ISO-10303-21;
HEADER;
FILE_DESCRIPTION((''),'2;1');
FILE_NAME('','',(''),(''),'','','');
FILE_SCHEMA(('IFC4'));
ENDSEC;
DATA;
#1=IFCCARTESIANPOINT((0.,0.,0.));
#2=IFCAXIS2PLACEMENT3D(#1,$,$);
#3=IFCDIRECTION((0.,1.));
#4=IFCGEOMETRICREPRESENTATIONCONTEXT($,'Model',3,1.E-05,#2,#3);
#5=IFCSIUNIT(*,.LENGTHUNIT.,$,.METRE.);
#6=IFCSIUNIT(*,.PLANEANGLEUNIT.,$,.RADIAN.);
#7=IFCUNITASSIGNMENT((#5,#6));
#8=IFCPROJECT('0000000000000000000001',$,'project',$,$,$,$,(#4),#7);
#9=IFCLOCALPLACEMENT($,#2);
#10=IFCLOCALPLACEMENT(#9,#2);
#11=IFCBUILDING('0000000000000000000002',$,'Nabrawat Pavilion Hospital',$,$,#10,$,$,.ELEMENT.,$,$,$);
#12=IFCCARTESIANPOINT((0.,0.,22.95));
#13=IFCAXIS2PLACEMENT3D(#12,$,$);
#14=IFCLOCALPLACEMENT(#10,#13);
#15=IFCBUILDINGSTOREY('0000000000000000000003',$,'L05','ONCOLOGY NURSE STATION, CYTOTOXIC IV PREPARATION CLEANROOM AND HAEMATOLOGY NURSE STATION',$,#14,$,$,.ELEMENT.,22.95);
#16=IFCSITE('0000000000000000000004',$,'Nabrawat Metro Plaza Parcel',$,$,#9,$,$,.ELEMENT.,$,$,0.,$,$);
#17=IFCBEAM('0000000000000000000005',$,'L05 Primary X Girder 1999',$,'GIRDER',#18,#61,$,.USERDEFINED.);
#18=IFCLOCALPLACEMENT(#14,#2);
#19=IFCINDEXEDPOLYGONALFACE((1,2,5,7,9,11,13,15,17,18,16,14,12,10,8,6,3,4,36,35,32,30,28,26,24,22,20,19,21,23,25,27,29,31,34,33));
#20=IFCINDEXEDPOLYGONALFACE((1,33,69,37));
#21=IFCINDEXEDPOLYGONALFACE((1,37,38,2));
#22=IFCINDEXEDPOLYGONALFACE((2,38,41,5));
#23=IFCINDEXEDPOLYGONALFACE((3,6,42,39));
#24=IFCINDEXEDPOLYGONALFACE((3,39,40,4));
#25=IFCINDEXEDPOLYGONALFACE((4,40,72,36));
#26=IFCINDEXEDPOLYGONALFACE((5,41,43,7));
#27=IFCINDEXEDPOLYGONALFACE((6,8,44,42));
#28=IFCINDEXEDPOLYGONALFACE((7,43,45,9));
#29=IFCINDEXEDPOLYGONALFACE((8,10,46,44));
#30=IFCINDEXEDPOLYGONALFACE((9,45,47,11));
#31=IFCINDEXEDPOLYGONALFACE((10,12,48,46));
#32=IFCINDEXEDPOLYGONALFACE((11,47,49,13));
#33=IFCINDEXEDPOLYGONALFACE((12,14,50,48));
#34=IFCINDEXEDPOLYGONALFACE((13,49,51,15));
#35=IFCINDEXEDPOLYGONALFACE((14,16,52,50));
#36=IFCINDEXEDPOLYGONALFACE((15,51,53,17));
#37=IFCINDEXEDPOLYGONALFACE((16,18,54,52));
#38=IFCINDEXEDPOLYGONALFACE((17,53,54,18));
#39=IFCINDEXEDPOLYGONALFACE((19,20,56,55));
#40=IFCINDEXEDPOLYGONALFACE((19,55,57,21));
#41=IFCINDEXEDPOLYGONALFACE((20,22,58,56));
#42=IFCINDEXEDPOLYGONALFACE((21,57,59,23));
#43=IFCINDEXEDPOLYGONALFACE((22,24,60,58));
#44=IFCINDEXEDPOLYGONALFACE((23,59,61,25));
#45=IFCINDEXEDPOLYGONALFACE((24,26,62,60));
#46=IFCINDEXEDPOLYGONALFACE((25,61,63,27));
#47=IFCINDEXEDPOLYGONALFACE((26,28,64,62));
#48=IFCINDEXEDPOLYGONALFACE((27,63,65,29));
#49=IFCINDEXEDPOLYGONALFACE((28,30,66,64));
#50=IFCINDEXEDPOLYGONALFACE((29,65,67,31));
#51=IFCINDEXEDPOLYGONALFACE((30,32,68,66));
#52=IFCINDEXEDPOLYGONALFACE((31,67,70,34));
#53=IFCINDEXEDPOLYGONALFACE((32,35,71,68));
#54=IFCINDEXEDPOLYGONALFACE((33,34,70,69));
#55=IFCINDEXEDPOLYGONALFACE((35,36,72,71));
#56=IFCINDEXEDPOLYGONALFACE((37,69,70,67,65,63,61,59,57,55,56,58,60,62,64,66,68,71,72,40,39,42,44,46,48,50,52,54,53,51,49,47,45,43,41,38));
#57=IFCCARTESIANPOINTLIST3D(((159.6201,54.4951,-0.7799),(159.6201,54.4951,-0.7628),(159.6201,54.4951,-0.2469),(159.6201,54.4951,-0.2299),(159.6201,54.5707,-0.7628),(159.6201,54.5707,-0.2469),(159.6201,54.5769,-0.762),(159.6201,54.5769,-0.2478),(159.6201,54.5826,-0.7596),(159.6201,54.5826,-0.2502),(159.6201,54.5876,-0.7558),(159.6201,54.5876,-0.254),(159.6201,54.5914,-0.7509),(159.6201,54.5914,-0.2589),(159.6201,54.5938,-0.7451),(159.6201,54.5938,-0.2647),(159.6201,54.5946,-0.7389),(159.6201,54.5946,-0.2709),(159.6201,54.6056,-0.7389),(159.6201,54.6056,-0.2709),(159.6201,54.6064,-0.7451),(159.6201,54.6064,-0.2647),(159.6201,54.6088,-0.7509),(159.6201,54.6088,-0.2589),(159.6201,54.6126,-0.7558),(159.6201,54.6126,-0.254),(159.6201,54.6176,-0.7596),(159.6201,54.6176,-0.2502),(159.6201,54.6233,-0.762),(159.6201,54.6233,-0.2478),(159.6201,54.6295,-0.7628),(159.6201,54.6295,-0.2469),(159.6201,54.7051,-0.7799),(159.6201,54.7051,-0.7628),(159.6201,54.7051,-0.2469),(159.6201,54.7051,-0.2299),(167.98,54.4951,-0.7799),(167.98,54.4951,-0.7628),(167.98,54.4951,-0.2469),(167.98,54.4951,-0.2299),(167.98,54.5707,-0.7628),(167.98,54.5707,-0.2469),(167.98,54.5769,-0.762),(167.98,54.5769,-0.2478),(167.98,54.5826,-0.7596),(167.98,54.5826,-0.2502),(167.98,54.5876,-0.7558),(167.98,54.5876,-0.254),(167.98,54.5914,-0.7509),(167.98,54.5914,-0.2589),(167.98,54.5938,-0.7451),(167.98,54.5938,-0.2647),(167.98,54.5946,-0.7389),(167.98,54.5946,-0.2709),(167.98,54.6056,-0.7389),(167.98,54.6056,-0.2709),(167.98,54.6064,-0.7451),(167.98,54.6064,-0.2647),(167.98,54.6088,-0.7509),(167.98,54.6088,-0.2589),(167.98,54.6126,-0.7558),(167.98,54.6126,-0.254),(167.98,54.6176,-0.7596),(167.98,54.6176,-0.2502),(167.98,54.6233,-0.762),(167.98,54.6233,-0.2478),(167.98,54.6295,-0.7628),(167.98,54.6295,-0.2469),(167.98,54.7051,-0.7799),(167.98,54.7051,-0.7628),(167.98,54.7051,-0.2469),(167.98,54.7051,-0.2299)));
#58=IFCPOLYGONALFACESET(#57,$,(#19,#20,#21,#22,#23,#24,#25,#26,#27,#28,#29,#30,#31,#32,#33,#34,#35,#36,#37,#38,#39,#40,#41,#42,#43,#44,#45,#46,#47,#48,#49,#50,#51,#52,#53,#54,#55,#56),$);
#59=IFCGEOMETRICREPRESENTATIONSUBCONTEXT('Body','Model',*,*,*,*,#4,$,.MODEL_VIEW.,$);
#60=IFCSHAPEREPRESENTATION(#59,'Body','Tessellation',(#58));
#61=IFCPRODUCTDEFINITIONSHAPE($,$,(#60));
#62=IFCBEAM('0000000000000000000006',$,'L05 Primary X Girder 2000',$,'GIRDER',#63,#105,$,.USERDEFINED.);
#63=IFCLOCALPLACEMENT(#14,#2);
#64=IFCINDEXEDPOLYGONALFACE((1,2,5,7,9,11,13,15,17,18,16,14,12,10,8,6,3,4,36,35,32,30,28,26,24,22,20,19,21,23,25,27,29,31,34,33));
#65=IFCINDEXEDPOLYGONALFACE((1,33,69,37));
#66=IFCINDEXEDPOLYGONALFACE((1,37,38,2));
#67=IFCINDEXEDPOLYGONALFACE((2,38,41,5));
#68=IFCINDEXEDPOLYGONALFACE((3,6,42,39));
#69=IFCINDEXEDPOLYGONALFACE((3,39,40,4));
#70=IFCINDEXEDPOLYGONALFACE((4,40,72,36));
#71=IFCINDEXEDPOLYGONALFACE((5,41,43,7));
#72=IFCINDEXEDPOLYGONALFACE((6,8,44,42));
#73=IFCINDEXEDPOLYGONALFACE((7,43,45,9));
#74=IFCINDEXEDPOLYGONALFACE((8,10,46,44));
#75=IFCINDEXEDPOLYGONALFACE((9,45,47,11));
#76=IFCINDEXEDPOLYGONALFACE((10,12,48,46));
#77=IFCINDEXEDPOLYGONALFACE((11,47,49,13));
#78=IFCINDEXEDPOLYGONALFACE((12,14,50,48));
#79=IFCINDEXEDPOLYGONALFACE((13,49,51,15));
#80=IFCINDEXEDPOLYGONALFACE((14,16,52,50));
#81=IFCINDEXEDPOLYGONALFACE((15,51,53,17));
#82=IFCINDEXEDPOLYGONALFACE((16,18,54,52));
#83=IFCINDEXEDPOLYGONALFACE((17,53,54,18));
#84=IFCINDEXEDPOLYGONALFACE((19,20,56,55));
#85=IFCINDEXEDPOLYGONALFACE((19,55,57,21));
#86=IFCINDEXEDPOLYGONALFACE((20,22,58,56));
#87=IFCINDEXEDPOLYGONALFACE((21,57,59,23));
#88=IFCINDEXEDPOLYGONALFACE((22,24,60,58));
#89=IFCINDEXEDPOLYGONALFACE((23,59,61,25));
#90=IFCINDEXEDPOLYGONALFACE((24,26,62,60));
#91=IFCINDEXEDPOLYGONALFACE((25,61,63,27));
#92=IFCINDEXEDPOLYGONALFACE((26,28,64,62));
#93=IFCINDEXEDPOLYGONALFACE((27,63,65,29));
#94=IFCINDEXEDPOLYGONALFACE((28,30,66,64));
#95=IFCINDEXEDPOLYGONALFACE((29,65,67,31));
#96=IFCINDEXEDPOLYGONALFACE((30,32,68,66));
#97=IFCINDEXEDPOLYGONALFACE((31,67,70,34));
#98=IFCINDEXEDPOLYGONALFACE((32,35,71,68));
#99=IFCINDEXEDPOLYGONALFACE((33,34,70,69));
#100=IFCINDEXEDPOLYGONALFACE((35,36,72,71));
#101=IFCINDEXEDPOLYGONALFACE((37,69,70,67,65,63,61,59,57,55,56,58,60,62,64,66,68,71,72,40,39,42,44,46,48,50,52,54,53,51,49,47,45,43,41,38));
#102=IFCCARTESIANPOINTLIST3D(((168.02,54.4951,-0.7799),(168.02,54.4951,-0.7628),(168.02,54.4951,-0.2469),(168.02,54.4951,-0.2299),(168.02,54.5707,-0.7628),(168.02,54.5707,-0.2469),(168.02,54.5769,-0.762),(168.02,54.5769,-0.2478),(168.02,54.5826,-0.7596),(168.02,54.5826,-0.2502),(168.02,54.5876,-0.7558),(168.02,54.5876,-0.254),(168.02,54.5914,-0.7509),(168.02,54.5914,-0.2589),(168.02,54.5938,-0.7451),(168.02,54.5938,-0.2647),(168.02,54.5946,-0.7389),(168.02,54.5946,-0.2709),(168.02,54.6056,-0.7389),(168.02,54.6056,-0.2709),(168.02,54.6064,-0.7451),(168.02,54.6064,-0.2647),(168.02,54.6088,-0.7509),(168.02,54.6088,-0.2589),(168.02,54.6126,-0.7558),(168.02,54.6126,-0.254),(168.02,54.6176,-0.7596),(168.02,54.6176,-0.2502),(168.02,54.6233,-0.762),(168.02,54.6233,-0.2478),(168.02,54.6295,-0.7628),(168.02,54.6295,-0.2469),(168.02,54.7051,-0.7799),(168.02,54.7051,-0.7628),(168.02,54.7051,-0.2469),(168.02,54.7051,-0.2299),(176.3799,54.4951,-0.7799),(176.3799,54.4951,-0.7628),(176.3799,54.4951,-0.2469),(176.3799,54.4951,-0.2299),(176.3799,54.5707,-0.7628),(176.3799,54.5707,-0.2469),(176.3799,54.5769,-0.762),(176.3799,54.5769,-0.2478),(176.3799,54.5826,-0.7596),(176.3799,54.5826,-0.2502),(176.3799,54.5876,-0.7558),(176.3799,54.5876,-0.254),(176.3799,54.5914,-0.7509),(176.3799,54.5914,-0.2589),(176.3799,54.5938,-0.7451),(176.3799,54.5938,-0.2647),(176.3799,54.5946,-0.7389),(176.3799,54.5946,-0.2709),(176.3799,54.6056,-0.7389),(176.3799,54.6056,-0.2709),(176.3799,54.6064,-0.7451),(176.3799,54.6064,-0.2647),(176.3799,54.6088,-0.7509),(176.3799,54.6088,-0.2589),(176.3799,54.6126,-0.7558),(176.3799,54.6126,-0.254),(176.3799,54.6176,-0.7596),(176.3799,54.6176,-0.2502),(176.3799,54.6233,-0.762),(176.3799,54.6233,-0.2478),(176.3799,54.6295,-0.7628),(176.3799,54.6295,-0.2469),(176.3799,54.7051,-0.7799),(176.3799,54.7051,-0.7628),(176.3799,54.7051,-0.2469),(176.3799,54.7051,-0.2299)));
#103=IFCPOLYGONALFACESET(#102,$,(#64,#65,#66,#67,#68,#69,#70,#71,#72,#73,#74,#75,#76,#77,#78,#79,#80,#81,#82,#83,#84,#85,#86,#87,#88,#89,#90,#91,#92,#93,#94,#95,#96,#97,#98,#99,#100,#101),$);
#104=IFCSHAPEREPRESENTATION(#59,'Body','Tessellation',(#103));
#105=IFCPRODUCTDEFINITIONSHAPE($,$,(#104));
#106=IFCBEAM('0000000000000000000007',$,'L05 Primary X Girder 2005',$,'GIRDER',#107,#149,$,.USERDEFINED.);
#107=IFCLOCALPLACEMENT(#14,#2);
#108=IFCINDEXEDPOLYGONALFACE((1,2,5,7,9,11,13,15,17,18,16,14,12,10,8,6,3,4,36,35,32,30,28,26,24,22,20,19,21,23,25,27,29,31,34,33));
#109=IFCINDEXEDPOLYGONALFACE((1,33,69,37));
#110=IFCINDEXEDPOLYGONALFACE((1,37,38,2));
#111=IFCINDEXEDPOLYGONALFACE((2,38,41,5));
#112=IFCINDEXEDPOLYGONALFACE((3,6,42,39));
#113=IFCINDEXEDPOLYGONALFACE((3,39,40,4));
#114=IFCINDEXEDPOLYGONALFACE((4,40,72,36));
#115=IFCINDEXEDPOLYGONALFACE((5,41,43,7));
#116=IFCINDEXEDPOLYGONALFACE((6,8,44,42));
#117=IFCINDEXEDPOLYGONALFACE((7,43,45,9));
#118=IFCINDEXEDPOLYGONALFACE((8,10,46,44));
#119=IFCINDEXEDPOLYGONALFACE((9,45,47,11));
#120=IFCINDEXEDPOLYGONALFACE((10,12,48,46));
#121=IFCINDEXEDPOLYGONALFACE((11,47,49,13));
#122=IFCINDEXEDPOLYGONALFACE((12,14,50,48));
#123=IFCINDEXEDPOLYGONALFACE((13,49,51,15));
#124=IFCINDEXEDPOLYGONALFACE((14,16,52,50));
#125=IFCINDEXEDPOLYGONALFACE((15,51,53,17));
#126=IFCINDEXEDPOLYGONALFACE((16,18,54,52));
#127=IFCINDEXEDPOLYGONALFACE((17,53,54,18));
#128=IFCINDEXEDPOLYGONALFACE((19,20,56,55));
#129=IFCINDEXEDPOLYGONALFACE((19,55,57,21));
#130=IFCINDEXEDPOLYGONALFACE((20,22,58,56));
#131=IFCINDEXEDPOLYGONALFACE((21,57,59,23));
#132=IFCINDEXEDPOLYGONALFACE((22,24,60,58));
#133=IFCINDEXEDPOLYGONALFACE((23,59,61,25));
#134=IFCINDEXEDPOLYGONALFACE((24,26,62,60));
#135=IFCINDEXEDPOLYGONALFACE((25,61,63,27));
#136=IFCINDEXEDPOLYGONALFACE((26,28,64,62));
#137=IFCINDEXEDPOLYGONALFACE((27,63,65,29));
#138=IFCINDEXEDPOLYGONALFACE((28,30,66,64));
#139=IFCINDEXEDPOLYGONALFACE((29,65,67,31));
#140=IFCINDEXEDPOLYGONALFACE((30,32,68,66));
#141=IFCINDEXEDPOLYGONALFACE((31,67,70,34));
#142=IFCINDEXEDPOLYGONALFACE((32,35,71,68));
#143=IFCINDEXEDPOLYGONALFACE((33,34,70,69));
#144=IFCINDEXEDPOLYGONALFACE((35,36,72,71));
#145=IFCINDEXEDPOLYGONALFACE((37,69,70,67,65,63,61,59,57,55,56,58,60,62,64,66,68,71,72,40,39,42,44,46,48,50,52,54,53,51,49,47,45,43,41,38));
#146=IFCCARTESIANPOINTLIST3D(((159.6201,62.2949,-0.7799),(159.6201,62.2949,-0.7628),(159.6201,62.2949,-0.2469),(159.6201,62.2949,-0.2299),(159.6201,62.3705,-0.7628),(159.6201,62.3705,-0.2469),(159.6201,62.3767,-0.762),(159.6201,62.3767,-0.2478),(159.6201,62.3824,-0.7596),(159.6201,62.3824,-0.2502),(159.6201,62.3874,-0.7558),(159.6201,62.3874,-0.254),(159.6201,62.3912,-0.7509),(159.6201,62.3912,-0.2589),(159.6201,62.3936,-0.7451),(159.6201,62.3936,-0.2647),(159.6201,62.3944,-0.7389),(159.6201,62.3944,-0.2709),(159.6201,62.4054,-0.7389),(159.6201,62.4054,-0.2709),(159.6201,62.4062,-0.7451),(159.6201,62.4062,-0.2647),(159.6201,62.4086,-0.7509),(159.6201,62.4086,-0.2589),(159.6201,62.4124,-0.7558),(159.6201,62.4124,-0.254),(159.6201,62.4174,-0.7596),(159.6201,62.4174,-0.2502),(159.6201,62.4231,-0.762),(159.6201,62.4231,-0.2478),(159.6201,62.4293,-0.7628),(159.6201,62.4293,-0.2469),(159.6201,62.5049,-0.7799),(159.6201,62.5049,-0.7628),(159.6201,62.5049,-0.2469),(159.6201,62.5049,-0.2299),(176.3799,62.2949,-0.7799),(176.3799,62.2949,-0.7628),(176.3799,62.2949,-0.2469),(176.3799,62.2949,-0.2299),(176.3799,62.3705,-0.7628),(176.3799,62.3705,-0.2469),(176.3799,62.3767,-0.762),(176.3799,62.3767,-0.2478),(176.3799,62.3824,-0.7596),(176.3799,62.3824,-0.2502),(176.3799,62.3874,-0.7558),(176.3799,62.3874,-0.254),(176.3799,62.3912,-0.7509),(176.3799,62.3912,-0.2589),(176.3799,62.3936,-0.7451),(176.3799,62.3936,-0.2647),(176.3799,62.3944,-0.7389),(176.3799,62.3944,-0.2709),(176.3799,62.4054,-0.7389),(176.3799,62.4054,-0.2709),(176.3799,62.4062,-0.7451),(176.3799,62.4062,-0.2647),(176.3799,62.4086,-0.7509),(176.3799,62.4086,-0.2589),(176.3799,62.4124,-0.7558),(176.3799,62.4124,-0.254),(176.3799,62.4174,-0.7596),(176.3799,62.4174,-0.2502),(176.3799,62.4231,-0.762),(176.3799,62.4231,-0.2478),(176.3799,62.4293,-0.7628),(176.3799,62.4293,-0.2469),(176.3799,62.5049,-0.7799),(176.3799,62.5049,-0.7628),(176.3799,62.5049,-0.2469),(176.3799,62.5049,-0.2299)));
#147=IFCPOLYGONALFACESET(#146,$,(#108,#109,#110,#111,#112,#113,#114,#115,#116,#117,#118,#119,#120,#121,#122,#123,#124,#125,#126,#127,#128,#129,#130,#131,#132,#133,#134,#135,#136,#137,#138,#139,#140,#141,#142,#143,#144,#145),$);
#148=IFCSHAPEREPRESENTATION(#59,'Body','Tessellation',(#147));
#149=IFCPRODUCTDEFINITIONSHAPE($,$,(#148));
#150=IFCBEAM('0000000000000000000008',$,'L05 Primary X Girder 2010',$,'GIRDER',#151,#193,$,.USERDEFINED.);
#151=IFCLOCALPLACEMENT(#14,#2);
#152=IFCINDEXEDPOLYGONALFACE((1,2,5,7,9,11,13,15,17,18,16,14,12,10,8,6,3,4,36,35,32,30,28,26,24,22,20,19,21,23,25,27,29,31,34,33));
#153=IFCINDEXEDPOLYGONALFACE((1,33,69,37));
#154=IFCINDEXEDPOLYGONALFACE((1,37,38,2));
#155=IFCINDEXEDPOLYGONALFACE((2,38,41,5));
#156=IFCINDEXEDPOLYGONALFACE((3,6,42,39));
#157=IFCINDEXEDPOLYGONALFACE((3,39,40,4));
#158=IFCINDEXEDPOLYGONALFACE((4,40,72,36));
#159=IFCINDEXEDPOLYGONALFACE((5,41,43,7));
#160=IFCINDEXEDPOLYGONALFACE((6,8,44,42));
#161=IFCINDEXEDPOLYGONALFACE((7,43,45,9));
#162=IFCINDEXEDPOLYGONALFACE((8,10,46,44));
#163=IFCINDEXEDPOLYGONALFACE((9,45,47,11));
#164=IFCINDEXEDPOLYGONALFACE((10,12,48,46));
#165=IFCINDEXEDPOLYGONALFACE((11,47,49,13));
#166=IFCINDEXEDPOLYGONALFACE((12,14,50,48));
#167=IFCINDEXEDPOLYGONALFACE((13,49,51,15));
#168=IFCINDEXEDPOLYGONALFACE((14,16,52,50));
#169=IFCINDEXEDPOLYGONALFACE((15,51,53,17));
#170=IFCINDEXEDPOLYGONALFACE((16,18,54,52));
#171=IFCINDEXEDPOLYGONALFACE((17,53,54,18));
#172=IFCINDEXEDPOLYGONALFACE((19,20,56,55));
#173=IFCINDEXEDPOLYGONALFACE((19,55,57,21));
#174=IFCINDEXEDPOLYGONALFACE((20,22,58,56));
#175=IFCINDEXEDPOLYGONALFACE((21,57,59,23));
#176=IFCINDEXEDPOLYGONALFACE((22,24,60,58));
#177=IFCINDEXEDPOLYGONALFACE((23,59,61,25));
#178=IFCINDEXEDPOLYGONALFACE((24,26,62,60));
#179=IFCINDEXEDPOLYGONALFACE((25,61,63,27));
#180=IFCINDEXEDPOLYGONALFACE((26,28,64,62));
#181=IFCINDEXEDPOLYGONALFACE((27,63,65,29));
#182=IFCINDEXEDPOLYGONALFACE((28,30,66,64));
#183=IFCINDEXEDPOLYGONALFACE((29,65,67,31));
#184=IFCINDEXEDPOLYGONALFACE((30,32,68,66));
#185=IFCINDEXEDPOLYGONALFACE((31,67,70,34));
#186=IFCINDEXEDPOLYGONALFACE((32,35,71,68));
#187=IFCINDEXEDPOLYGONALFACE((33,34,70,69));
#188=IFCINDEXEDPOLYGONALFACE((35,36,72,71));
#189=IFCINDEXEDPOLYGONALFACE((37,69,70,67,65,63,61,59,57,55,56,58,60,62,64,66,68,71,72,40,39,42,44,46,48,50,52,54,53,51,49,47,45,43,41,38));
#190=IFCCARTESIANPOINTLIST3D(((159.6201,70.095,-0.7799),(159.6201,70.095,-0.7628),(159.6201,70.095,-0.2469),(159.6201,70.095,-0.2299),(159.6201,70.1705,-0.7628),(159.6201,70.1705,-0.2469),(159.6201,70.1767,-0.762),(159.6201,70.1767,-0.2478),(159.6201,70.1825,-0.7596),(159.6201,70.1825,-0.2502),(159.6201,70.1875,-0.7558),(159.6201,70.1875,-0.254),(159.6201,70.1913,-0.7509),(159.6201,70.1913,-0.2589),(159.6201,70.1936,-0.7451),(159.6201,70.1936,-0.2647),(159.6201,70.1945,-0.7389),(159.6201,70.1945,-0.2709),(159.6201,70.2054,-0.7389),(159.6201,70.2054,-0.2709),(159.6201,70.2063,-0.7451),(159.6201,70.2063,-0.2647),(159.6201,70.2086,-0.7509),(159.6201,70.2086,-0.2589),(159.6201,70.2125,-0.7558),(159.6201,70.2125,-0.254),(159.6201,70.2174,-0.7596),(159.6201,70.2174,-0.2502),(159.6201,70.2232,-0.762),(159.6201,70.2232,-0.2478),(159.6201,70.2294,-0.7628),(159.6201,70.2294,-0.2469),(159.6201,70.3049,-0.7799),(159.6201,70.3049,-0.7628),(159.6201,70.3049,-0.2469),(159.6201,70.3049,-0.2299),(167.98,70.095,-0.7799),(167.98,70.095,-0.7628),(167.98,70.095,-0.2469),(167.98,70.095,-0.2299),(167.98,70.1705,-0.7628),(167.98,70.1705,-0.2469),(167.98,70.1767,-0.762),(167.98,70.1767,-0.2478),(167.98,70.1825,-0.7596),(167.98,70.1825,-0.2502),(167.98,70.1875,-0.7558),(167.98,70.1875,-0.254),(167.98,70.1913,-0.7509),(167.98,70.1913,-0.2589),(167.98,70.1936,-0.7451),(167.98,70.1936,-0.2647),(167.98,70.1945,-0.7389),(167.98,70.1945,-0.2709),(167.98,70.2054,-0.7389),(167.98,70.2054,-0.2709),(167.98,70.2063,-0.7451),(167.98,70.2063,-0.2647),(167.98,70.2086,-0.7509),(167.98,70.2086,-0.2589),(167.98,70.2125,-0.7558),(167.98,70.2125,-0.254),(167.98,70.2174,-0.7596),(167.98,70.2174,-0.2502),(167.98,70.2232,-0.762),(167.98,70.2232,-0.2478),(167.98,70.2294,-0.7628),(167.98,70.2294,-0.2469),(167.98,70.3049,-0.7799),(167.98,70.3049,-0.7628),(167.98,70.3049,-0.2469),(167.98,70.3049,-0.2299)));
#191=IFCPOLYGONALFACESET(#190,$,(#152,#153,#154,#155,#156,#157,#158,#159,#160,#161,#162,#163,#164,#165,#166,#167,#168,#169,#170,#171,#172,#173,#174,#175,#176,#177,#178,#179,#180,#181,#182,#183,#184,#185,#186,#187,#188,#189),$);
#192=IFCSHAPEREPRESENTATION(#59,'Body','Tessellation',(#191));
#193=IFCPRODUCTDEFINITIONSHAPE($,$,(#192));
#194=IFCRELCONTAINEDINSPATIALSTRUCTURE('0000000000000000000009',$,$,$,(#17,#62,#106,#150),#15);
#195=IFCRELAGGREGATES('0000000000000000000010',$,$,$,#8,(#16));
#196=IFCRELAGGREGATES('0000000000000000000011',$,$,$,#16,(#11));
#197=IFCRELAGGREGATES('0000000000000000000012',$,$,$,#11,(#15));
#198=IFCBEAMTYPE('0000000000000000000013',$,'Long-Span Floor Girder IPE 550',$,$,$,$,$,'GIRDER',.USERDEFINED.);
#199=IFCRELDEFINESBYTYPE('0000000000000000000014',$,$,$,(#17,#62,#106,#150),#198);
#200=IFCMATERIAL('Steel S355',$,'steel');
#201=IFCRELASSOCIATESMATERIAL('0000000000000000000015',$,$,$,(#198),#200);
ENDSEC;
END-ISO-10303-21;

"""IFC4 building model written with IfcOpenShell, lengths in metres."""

from ifc_helpers import new_model, si_unit, direction, frame, origin, origin_2d, place, context, subcontext, project, spatial, i_section, extrude, material, material_profile, profile_set, type_object, element, save


model = new_model("IFC4")

# Units and contexts
model_context = context("Model", 3, precision=1e-05, world=origin(), true_north=direction((0.0, 1.0)))
body_context = subcontext(model_context, "Body", "Model", "MODEL_VIEW")
ifc_project = project(units=[si_unit("LENGTHUNIT", "METRE"), si_unit("PLANEANGLEUNIT", "RADIAN")], contexts=[model_context])

# Site, building, storey
site_placement = place(None, origin())
site = spatial("IfcSite", under=ifc_project, at=site_placement, Name="Nabrawat Metro Plaza Parcel", CompositionType="ELEMENT", RefElevation=0.0)
building_placement = place(site_placement, origin())
building = spatial("IfcBuilding", under=site, at=building_placement, Name="Nabrawat Pavilion Hospital", CompositionType="ELEMENT")
storey_placement = place(building_placement, frame((0.0, 0.0, 22.95)))
storey = spatial("IfcBuildingStorey", under=building, at=storey_placement, Name="L05", Description="ONCOLOGY NURSE STATION, CYTOTOXIC IV PREPARATION CLEANROOM AND HAEMATOLOGY NURSE STATION", CompositionType="ELEMENT", Elevation=22.95)

# Shared definitions
ifc_material_1 = material(Name="Steel S355", Category="steel")

# Beams
ifc_material_profile_1 = material_profile(ifc_material_1, i_section(OverallWidth=0.21, OverallDepth=0.55, WebThickness=0.011, FlangeThickness=0.0171, FilletRadius=0.0239, at=origin_2d()), Name="IPE 550")
ifc_profile_set_1 = profile_set([ifc_material_profile_1], Name="Steel S355")
beam_type_1 = type_object("IfcBeamType", Name="Long-Span Floor Girder IPE 550", ElementType="GIRDER", PredefinedType="USERDEFINED", material=ifc_profile_set_1)
for number, where, z_axis, x_axis, name in (
    (1, (159.6201, 54.6001, -0.5049), (1.0, 0.0, 0.0), (0.0, 1.0, 0.0), "L05 Primary X Girder 1999"),
    (2, (168.02, 54.6001, -0.5049), (1.0, 0.0, 0.0), (0.0, 1.0, 0.0), "L05 Primary X Girder 2000"),
):
    element("IfcBeam", number, at=place(storey_placement, frame(where, z_axis=z_axis, x_axis=x_axis)), inside=storey, type_object=beam_type_1, Name=name, ObjectType="GIRDER", PredefinedType="USERDEFINED", context=body_context, shape_type="SweptSolid", body=[
        extrude(i_section(OverallWidth=0.21, OverallDepth=0.55, WebThickness=0.011, FlangeThickness=0.0171, FilletRadius=0.0239, at=origin_2d()), origin(), (0.0, 0.0, 1.0), 8.3599),
    ])
beam_1_placement = place(storey_placement, frame((159.6201, 62.3999, -0.5049), z_axis=(1.0, 0.0, 0.0), x_axis=(0.0, 1.0, 0.0)))
element("IfcBeam", 3, at=beam_1_placement, inside=storey, type_object=beam_type_1, Name="L05 Primary X Girder 2005", ObjectType="GIRDER", PredefinedType="USERDEFINED", context=body_context, shape_type="SweptSolid", body=[
    extrude(i_section(OverallWidth=0.21, OverallDepth=0.55, WebThickness=0.011, FlangeThickness=0.0171, FilletRadius=0.0239, at=origin_2d()), origin(), (0.0, 0.0, 1.0), 16.7598),
])
beam_2_placement = place(storey_placement, frame((159.6201, 70.2, -0.5049), z_axis=(1.0, 0.0, 0.0), x_axis=(0.0, 1.0, 0.0)))
element("IfcBeam", 4, at=beam_2_placement, inside=storey, type_object=beam_type_1, Name="L05 Primary X Girder 2010", ObjectType="GIRDER", PredefinedType="USERDEFINED", context=body_context, shape_type="SweptSolid", body=[
    extrude(i_section(OverallWidth=0.21, OverallDepth=0.55, WebThickness=0.011, FlangeThickness=0.0171, FilletRadius=0.0239, at=origin_2d()), origin(), (0.0, 0.0, 1.0), 8.3599),
])

save(model, "model.ifc")
